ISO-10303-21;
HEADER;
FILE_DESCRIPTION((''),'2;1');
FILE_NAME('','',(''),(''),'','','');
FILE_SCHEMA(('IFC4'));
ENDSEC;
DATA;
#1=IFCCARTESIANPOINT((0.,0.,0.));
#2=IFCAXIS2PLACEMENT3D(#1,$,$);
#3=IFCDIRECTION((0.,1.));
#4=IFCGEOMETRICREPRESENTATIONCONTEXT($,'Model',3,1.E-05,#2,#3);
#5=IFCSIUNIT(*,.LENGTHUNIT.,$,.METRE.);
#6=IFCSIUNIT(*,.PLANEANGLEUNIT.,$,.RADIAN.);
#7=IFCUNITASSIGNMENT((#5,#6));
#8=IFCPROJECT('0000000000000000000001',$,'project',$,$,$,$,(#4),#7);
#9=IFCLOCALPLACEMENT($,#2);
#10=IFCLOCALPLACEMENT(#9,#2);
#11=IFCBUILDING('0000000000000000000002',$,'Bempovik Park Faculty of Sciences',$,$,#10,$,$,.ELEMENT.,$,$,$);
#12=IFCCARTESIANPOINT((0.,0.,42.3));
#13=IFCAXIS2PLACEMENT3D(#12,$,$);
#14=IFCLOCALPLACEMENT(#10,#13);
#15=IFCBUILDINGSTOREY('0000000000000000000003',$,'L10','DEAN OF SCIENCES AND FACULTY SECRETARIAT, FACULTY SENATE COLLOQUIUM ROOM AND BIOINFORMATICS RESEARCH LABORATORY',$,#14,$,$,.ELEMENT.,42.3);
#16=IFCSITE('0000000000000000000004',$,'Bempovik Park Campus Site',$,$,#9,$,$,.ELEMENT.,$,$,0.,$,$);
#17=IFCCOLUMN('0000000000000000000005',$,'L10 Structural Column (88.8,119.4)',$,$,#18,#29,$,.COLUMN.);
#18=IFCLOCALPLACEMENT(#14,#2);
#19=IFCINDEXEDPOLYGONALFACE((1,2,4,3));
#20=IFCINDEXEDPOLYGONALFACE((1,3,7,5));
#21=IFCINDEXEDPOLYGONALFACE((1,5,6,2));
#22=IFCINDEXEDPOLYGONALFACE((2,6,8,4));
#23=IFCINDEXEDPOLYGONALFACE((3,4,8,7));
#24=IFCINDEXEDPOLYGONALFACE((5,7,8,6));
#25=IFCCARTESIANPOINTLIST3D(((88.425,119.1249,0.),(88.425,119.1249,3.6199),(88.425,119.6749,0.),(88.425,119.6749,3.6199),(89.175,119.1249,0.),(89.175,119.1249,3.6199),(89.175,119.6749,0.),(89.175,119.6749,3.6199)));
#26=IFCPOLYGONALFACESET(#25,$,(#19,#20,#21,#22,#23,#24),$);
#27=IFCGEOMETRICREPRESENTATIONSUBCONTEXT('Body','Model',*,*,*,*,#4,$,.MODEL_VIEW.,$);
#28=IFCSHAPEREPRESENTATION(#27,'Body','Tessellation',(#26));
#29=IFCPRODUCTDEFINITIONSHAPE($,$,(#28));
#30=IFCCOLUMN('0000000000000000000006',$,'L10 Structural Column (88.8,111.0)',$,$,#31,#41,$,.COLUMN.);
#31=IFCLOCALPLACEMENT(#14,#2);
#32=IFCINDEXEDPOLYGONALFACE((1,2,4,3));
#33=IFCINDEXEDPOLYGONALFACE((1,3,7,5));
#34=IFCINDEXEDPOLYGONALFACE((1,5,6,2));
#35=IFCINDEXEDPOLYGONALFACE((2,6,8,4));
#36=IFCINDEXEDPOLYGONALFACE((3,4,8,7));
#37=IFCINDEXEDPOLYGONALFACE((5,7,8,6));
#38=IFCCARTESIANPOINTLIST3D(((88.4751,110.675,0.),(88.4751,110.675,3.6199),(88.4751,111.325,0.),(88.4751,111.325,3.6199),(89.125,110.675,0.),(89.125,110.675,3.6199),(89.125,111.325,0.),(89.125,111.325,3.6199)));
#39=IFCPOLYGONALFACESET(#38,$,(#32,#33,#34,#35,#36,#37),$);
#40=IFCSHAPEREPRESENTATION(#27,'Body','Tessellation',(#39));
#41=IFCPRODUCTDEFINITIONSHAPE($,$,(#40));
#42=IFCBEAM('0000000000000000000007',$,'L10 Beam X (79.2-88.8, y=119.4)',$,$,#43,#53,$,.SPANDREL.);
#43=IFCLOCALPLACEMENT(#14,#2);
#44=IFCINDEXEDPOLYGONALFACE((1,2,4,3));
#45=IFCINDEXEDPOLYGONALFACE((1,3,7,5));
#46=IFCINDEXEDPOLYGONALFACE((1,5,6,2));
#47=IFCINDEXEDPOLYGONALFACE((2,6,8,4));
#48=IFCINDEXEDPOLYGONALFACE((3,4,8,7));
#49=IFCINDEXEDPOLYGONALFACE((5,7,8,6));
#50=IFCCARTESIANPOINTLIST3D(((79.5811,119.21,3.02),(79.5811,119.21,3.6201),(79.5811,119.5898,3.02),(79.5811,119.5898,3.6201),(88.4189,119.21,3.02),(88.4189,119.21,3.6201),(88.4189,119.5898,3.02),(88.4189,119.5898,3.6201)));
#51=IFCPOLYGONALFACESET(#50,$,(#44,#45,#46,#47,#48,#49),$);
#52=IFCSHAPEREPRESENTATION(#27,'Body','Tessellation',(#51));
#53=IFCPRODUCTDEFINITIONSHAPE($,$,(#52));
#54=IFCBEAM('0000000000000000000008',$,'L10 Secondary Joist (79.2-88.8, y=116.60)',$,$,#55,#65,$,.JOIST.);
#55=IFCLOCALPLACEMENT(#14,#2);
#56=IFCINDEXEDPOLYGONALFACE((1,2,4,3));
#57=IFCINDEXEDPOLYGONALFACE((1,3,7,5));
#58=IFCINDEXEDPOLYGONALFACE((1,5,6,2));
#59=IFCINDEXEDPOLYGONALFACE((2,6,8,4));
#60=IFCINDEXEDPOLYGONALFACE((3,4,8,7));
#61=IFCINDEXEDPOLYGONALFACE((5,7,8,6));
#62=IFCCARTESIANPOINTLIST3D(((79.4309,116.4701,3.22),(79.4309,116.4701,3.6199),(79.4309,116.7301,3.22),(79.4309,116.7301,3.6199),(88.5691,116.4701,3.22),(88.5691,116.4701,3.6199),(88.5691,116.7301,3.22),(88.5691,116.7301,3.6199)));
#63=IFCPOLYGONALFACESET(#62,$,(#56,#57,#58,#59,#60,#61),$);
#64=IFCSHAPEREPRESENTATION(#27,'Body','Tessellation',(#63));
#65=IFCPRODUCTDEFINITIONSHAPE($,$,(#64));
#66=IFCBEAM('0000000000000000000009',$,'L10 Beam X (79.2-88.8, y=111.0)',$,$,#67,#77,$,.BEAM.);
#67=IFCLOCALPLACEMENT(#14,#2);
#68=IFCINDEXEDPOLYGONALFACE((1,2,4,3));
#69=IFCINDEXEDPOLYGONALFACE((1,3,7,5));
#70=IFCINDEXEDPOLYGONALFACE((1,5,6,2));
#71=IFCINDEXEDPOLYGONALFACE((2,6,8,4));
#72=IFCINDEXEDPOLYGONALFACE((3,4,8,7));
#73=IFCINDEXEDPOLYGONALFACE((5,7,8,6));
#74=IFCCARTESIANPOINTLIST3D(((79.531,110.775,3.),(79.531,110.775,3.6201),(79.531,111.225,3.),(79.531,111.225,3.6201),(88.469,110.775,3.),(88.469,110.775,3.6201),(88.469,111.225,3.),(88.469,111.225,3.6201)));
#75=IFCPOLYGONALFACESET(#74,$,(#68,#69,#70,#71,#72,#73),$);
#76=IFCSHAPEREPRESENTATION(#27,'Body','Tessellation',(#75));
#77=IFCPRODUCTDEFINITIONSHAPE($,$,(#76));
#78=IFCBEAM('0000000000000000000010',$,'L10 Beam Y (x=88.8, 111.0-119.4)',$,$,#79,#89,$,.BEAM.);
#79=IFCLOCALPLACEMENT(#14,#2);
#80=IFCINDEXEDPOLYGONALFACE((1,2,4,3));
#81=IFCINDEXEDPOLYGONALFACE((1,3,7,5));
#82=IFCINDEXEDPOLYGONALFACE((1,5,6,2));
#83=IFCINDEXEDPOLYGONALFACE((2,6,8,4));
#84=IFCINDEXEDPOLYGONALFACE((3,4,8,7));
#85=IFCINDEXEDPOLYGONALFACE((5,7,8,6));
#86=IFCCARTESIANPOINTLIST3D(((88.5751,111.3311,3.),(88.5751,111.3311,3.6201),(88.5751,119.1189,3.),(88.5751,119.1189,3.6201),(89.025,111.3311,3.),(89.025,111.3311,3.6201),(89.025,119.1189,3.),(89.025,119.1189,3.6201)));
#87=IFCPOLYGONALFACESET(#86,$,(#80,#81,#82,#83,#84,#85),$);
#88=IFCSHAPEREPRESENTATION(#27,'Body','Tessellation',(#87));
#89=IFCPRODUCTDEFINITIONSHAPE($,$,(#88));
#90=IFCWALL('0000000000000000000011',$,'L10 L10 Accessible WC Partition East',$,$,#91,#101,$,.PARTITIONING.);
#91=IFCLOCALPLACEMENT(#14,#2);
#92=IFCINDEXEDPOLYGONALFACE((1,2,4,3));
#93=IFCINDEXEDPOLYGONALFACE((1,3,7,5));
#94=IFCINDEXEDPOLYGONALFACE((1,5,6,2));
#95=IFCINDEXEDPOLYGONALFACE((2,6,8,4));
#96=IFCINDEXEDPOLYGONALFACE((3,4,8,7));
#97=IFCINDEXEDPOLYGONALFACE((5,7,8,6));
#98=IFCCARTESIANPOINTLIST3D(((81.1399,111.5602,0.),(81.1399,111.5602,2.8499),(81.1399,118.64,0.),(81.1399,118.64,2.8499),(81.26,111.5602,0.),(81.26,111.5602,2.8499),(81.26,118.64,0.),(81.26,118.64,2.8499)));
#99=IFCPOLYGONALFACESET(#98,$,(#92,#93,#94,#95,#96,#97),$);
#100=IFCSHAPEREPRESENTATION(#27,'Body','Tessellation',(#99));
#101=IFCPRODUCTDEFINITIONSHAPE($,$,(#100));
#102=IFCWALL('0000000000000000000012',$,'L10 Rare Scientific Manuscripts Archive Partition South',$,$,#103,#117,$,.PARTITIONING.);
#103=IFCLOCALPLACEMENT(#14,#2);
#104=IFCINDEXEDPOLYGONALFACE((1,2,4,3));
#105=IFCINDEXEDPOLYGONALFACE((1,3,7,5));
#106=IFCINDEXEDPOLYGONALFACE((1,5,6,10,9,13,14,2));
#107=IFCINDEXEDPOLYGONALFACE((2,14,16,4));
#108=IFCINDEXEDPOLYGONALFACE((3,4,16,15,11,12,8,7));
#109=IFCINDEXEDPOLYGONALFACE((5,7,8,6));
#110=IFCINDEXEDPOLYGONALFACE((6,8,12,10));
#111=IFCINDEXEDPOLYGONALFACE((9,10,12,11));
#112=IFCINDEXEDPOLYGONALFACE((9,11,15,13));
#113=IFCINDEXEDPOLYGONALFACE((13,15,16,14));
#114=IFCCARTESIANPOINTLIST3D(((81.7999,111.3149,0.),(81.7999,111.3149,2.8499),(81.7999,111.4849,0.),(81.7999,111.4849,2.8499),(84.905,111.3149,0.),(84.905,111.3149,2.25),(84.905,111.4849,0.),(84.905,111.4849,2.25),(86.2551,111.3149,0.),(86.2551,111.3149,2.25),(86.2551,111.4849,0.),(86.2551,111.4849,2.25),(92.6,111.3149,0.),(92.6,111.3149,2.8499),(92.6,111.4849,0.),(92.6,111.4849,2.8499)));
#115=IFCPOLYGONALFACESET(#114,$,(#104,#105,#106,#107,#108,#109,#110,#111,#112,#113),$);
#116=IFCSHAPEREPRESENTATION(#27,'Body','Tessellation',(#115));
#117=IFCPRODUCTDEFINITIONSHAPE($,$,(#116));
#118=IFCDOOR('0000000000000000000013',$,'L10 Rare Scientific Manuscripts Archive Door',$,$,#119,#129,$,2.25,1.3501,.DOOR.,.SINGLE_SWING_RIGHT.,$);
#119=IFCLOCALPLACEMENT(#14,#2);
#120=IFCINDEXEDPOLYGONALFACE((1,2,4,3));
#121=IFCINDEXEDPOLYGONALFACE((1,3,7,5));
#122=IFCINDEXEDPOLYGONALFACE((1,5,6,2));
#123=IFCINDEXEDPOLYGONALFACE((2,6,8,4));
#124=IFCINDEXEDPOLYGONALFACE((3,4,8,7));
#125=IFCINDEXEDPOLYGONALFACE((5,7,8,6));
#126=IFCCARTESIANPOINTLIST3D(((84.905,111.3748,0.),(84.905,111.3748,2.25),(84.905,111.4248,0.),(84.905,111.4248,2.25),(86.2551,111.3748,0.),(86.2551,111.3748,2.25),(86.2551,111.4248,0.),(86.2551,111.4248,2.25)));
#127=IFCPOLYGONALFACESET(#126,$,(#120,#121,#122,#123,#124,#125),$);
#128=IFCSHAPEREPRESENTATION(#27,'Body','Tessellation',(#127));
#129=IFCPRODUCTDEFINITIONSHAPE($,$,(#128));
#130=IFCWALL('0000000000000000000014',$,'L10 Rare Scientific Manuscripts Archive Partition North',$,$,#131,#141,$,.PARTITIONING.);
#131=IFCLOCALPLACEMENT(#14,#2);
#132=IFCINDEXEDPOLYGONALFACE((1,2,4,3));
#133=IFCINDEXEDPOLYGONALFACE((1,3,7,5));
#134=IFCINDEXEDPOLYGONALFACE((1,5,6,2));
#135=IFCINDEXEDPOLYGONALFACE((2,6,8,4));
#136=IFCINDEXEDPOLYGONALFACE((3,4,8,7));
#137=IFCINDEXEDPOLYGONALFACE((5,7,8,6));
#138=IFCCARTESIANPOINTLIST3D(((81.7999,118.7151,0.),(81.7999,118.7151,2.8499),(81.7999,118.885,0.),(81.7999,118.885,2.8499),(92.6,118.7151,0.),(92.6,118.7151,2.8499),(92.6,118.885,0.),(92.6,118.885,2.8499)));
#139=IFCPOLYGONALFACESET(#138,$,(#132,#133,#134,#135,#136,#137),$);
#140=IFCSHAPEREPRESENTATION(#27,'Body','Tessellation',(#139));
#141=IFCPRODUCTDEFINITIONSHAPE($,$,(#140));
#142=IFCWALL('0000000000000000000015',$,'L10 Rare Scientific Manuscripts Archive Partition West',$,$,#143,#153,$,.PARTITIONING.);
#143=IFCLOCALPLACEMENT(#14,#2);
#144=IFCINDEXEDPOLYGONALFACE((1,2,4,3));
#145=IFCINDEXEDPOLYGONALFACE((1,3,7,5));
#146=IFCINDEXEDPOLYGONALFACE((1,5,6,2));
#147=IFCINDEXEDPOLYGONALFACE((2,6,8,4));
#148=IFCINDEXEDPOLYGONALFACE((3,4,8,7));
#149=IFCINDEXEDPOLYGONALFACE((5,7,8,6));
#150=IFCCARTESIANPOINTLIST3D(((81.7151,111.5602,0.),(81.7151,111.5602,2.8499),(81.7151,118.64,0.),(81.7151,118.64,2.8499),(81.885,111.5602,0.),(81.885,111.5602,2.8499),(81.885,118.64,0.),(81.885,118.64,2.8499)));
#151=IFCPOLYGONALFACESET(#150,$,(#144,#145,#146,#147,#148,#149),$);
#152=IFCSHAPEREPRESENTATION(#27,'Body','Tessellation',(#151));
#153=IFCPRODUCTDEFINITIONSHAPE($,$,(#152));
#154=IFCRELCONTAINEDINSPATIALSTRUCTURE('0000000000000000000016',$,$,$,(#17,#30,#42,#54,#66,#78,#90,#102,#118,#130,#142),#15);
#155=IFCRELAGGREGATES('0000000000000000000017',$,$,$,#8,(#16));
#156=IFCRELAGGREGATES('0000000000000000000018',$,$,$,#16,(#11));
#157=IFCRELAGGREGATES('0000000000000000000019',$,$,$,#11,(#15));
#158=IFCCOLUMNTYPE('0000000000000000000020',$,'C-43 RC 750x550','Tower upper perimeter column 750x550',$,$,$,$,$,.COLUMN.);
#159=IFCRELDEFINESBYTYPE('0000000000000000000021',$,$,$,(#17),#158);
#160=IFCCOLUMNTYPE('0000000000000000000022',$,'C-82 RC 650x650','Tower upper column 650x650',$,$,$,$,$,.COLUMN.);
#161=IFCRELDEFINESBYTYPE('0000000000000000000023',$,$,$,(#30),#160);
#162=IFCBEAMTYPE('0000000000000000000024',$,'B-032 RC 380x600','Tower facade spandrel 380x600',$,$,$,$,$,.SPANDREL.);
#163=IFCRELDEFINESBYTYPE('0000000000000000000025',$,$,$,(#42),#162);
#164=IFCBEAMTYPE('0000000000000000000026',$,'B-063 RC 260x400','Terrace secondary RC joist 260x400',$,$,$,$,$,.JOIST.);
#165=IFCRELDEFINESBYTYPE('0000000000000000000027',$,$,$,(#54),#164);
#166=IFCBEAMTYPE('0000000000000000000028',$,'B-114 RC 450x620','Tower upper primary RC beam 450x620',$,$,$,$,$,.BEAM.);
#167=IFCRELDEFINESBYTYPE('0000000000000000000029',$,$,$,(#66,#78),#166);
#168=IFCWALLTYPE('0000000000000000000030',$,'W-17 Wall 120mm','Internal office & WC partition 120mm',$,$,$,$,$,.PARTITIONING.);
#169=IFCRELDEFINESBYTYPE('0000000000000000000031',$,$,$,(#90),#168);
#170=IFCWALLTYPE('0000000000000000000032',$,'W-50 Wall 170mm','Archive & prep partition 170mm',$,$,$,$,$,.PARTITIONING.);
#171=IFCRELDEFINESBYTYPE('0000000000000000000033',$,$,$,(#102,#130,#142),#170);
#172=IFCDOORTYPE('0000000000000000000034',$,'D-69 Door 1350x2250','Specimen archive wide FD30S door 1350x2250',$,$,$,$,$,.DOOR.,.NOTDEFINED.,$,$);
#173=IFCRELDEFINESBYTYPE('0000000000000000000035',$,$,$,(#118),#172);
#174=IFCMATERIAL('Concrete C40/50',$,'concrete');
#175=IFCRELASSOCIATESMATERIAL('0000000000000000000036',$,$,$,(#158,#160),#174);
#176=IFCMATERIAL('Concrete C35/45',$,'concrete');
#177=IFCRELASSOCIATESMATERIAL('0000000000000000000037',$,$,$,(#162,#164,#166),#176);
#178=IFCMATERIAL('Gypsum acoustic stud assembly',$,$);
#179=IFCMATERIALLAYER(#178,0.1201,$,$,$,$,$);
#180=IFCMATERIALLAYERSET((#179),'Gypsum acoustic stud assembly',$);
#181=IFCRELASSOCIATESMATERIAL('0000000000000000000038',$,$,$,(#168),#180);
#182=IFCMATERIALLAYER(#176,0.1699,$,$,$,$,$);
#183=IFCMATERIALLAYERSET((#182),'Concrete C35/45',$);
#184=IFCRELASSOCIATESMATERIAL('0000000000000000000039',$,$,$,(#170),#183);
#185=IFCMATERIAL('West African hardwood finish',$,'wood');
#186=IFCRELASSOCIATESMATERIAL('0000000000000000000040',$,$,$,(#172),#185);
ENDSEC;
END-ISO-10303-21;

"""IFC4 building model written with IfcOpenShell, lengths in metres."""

from ifc_helpers import new_model, si_unit, direction, frame, frame_2d, origin, origin_2d, place, context, subcontext, project, spatial, rectangle, extrude, material, layer, layer_set, material_profile, profile_set, type_object, element, fill, save


model = new_model("IFC4")

# Units and contexts
model_context = context("Model", 3, precision=1e-05, world=origin(), true_north=direction((0.0, 1.0)))
body_context = subcontext(model_context, "Body", "Model", "MODEL_VIEW")
ifc_project = project(units=[si_unit("LENGTHUNIT", "METRE"), si_unit("PLANEANGLEUNIT", "RADIAN")], contexts=[model_context])

# Site, building, storey
site_placement = place(None, origin())
site = spatial("IfcSite", under=ifc_project, at=site_placement, Name="Bempovik Park Campus Site", CompositionType="ELEMENT", RefElevation=0.0)
building_placement = place(site_placement, origin())
building = spatial("IfcBuilding", under=site, at=building_placement, Name="Bempovik Park Faculty of Sciences", CompositionType="ELEMENT")
storey_placement = place(building_placement, frame((0.0, 0.0, 42.3)))
storey = spatial("IfcBuildingStorey", under=building, at=storey_placement, Name="L10", Description="DEAN OF SCIENCES AND FACULTY SECRETARIAT, FACULTY SENATE COLLOQUIUM ROOM AND BIOINFORMATICS RESEARCH LABORATORY", CompositionType="ELEMENT", Elevation=42.3)

# Columns
ifc_material_1 = material(Name="Concrete C40/50", Category="concrete")
ifc_material_profile_1 = material_profile(ifc_material_1, rectangle(XDim=0.75, YDim=0.55, at=origin_2d()), Name="RC 750x550")
ifc_profile_set_1 = profile_set([ifc_material_profile_1], Name="Concrete C40/50")
column_type_1 = type_object("IfcColumnType", Name="C-43 RC 750x550", Description="Tower upper perimeter column 750x550", PredefinedType="COLUMN", material=ifc_profile_set_1)
column_1_placement = place(storey_placement, frame((88.8, 119.3999, 0.0), z_axis=(0.0, 0.0, 1.0), x_axis=(1.0, 0.0, 0.0)))
element("IfcColumn", 1, at=column_1_placement, inside=storey, type_object=column_type_1, Name="L10 Structural Column (88.8,119.4)", PredefinedType="COLUMN", context=body_context, shape_type="SweptSolid", body=[
    extrude(rectangle(XDim=0.75, YDim=0.55, at=origin_2d()), origin(), (0.0, 0.0, 1.0), 3.6199),
])
ifc_material_profile_2 = material_profile(ifc_material_1, rectangle(XDim=0.6499, YDim=0.6499, at=origin_2d()), Name="RC 650x650")
ifc_profile_set_2 = profile_set([ifc_material_profile_2], Name="Concrete C40/50")
column_type_2 = type_object("IfcColumnType", Name="C-82 RC 650x650", Description="Tower upper column 650x650", PredefinedType="COLUMN", material=ifc_profile_set_2)
column_2_placement = place(storey_placement, frame((88.8, 111.0, 0.0), z_axis=(0.0, 0.0, 1.0), x_axis=(1.0, 0.0, 0.0)))
element("IfcColumn", 2, at=column_2_placement, inside=storey, type_object=column_type_2, Name="L10 Structural Column (88.8,111.0)", PredefinedType="COLUMN", context=body_context, shape_type="SweptSolid", body=[
    extrude(rectangle(XDim=0.6499, YDim=0.6499, at=origin_2d()), origin(), (0.0, 0.0, 1.0), 3.6199),
])

# Beams
ifc_material_2 = material(Name="Concrete C35/45", Category="concrete")
ifc_material_profile_3 = material_profile(ifc_material_2, rectangle(XDim=0.3799, YDim=0.6001, at=origin_2d()), Name="RC 380x600")
ifc_profile_set_3 = profile_set([ifc_material_profile_3], Name="Concrete C35/45")
beam_type_1 = type_object("IfcBeamType", Name="B-032 RC 380x600", Description="Tower facade spandrel 380x600", PredefinedType="SPANDREL", material=ifc_profile_set_3)
beam_1_placement = place(storey_placement, frame((79.5811, 119.3999, 3.3201), z_axis=(1.0, 0.0, 0.0), x_axis=(0.0, 1.0, 0.0)))
element("IfcBeam", 3, at=beam_1_placement, inside=storey, type_object=beam_type_1, Name="L10 Beam X (79.2-88.8, y=119.4)", PredefinedType="SPANDREL", context=body_context, shape_type="SweptSolid", body=[
    extrude(rectangle(XDim=0.3799, YDim=0.6001, at=origin_2d()), origin(), (0.0, 0.0, 1.0), 8.8379),
])
ifc_material_profile_4 = material_profile(ifc_material_2, rectangle(XDim=0.26, YDim=0.3999, at=origin_2d()), Name="RC 260x400")
ifc_profile_set_4 = profile_set([ifc_material_profile_4], Name="Concrete C35/45")
beam_type_2 = type_object("IfcBeamType", Name="B-063 RC 260x400", Description="Terrace secondary RC joist 260x400", PredefinedType="JOIST", material=ifc_profile_set_4)
beam_2_placement = place(storey_placement, frame((79.4309, 116.6001, 3.4199), z_axis=(1.0, 0.0, 0.0), x_axis=(0.0, 1.0, 0.0)))
element("IfcBeam", 4, at=beam_2_placement, inside=storey, type_object=beam_type_2, Name="L10 Secondary Joist (79.2-88.8, y=116.60)", PredefinedType="JOIST", context=body_context, shape_type="SweptSolid", body=[
    extrude(rectangle(XDim=0.26, YDim=0.3999, at=origin_2d()), origin(), (0.0, 0.0, 1.0), 9.1382),
])
ifc_material_profile_5 = material_profile(ifc_material_2, rectangle(XDim=0.45, YDim=0.6201, at=origin_2d()), Name="RC 450x620")
ifc_profile_set_5 = profile_set([ifc_material_profile_5], Name="Concrete C35/45")
beam_type_3 = type_object("IfcBeamType", Name="B-114 RC 450x620", Description="Tower upper primary RC beam 450x620", PredefinedType="BEAM", material=ifc_profile_set_5)
beam_3_placement = place(storey_placement, frame((79.531, 111.0, 3.3101), z_axis=(1.0, 0.0, 0.0), x_axis=(0.0, 1.0, 0.0)))
element("IfcBeam", 5, at=beam_3_placement, inside=storey, type_object=beam_type_3, Name="L10 Beam X (79.2-88.8, y=111.0)", PredefinedType="BEAM", context=body_context, shape_type="SweptSolid", body=[
    extrude(rectangle(XDim=0.45, YDim=0.6201, at=origin_2d()), origin(), (0.0, 0.0, 1.0), 8.938),
])
beam_4_placement = place(storey_placement, frame((88.8, 111.3311, 3.3101), z_axis=(0.0, 1.0, 0.0), x_axis=(-1.0, 0.0, 0.0)))
element("IfcBeam", 6, at=beam_4_placement, inside=storey, type_object=beam_type_3, Name="L10 Beam Y (x=88.8, 111.0-119.4)", PredefinedType="BEAM", context=body_context, shape_type="SweptSolid", body=[
    extrude(rectangle(XDim=0.45, YDim=0.6201, at=origin_2d()), origin(), (0.0, 0.0, 1.0), 7.7878),
])

# Wall
ifc_material_3 = material(Name="Gypsum acoustic stud assembly")
ifc_layer_1 = layer(ifc_material_3, 0.1201)
ifc_layer_set_1 = layer_set([ifc_layer_1], Name="Gypsum acoustic stud assembly")
wall_type_1 = type_object("IfcWallType", Name="W-17 Wall 120mm", Description="Internal office & WC partition 120mm", PredefinedType="PARTITIONING", material=ifc_layer_set_1)
wall_1_placement = place(storey_placement, frame((81.2, 111.5601, 0.0), z_axis=(0.0, 0.0, 1.0), x_axis=(0.0, 1.0, 0.0)))
element("IfcWall", 7, at=wall_1_placement, inside=storey, type_object=wall_type_1, Name="L10 L10 Accessible WC Partition East", PredefinedType="PARTITIONING", context=body_context, shape_type="SweptSolid", body=[
    extrude(rectangle(XDim=7.0798, YDim=0.1201, at=frame_2d((3.54, 0.0))), origin(), (0.0, 0.0, 1.0), 2.8499),
])

# Wall, opening, door
ifc_layer_2 = layer(ifc_material_2, 0.1699)
ifc_layer_set_2 = layer_set([ifc_layer_2], Name="Concrete C35/45")
wall_type_2 = type_object("IfcWallType", Name="W-50 Wall 170mm", Description="Archive & prep partition 170mm", PredefinedType="PARTITIONING", material=ifc_layer_set_2)
wall_2_placement = place(storey_placement, frame((81.8, 111.3999, 0.0), z_axis=(0.0, 0.0, 1.0), x_axis=(1.0, 0.0, 0.0)))
wall_2 = element("IfcWall", 8, at=wall_2_placement, inside=storey, type_object=wall_type_2, Name="L10 Rare Scientific Manuscripts Archive Partition South", PredefinedType="PARTITIONING", context=body_context, shape_type="SweptSolid", body=[
    extrude(rectangle(XDim=10.8, YDim=0.1699, at=frame_2d((5.3999, 0.0))), origin(), (0.0, 0.0, 1.0), 2.8499),
])
opening_1_placement = place(wall_2_placement, frame((3.105, 0.0, 0.0)))
opening_1 = element("IfcOpeningElement", 9, at=opening_1_placement, cuts=wall_2, PredefinedType="OPENING", context=body_context, shape_type="SweptSolid", body=[
    extrude(rectangle(XDim=1.3501, YDim=2.25, at=frame_2d((0.675, 1.125))), frame((0.0, 0.095, 0.0), z_axis=(0.0, -1.0, 0.0), x_axis=(1.0, 0.0, 0.0)), (0.0, 0.0, 1.0), 0.1899),
])
ifc_material_4 = material(Name="West African hardwood finish", Category="wood")
door_type = type_object("IfcDoorType", Name="D-69 Door 1350x2250", Description="Specimen archive wide FD30S door 1350x2250", OperationType="NOTDEFINED", PredefinedType="DOOR", material=ifc_material_4)
door_placement = place(opening_1_placement, origin())
door = element("IfcDoor", 10, at=door_placement, inside=storey, type_object=door_type, Name="L10 Rare Scientific Manuscripts Archive Door", OperationType="SINGLE_SWING_RIGHT", OverallHeight=2.25, OverallWidth=1.3501, PredefinedType="DOOR", context=body_context, shape_type="SweptSolid", body=[
    extrude(rectangle(XDim=1.3501, YDim=2.25, at=frame_2d((0.675, 1.125))), frame((0.0, 0.0249, 0.0), z_axis=(0.0, -1.0, 0.0), x_axis=(1.0, 0.0, 0.0)), (0.0, 0.0, 1.0), 0.05),
])
fill(opening_1, door)

# Walls
wall_3_placement = place(storey_placement, frame((81.8, 118.8, 0.0), z_axis=(0.0, 0.0, 1.0), x_axis=(1.0, 0.0, 0.0)))
element("IfcWall", 11, at=wall_3_placement, inside=storey, type_object=wall_type_2, Name="L10 Rare Scientific Manuscripts Archive Partition North", PredefinedType="PARTITIONING", context=body_context, shape_type="SweptSolid", body=[
    extrude(rectangle(XDim=10.8, YDim=0.1699, at=frame_2d((5.3999, 0.0))), origin(), (0.0, 0.0, 1.0), 2.8499),
])
wall_4_placement = place(storey_placement, frame((81.8, 111.5601, 0.0), z_axis=(0.0, 0.0, 1.0), x_axis=(0.0, 1.0, 0.0)))
element("IfcWall", 12, at=wall_4_placement, inside=storey, type_object=wall_type_2, Name="L10 Rare Scientific Manuscripts Archive Partition West", PredefinedType="PARTITIONING", context=body_context, shape_type="SweptSolid", body=[
    extrude(rectangle(XDim=7.0798, YDim=0.1699, at=frame_2d((3.54, 0.0))), origin(), (0.0, 0.0, 1.0), 2.8499),
])

save(model, "model.ifc")
